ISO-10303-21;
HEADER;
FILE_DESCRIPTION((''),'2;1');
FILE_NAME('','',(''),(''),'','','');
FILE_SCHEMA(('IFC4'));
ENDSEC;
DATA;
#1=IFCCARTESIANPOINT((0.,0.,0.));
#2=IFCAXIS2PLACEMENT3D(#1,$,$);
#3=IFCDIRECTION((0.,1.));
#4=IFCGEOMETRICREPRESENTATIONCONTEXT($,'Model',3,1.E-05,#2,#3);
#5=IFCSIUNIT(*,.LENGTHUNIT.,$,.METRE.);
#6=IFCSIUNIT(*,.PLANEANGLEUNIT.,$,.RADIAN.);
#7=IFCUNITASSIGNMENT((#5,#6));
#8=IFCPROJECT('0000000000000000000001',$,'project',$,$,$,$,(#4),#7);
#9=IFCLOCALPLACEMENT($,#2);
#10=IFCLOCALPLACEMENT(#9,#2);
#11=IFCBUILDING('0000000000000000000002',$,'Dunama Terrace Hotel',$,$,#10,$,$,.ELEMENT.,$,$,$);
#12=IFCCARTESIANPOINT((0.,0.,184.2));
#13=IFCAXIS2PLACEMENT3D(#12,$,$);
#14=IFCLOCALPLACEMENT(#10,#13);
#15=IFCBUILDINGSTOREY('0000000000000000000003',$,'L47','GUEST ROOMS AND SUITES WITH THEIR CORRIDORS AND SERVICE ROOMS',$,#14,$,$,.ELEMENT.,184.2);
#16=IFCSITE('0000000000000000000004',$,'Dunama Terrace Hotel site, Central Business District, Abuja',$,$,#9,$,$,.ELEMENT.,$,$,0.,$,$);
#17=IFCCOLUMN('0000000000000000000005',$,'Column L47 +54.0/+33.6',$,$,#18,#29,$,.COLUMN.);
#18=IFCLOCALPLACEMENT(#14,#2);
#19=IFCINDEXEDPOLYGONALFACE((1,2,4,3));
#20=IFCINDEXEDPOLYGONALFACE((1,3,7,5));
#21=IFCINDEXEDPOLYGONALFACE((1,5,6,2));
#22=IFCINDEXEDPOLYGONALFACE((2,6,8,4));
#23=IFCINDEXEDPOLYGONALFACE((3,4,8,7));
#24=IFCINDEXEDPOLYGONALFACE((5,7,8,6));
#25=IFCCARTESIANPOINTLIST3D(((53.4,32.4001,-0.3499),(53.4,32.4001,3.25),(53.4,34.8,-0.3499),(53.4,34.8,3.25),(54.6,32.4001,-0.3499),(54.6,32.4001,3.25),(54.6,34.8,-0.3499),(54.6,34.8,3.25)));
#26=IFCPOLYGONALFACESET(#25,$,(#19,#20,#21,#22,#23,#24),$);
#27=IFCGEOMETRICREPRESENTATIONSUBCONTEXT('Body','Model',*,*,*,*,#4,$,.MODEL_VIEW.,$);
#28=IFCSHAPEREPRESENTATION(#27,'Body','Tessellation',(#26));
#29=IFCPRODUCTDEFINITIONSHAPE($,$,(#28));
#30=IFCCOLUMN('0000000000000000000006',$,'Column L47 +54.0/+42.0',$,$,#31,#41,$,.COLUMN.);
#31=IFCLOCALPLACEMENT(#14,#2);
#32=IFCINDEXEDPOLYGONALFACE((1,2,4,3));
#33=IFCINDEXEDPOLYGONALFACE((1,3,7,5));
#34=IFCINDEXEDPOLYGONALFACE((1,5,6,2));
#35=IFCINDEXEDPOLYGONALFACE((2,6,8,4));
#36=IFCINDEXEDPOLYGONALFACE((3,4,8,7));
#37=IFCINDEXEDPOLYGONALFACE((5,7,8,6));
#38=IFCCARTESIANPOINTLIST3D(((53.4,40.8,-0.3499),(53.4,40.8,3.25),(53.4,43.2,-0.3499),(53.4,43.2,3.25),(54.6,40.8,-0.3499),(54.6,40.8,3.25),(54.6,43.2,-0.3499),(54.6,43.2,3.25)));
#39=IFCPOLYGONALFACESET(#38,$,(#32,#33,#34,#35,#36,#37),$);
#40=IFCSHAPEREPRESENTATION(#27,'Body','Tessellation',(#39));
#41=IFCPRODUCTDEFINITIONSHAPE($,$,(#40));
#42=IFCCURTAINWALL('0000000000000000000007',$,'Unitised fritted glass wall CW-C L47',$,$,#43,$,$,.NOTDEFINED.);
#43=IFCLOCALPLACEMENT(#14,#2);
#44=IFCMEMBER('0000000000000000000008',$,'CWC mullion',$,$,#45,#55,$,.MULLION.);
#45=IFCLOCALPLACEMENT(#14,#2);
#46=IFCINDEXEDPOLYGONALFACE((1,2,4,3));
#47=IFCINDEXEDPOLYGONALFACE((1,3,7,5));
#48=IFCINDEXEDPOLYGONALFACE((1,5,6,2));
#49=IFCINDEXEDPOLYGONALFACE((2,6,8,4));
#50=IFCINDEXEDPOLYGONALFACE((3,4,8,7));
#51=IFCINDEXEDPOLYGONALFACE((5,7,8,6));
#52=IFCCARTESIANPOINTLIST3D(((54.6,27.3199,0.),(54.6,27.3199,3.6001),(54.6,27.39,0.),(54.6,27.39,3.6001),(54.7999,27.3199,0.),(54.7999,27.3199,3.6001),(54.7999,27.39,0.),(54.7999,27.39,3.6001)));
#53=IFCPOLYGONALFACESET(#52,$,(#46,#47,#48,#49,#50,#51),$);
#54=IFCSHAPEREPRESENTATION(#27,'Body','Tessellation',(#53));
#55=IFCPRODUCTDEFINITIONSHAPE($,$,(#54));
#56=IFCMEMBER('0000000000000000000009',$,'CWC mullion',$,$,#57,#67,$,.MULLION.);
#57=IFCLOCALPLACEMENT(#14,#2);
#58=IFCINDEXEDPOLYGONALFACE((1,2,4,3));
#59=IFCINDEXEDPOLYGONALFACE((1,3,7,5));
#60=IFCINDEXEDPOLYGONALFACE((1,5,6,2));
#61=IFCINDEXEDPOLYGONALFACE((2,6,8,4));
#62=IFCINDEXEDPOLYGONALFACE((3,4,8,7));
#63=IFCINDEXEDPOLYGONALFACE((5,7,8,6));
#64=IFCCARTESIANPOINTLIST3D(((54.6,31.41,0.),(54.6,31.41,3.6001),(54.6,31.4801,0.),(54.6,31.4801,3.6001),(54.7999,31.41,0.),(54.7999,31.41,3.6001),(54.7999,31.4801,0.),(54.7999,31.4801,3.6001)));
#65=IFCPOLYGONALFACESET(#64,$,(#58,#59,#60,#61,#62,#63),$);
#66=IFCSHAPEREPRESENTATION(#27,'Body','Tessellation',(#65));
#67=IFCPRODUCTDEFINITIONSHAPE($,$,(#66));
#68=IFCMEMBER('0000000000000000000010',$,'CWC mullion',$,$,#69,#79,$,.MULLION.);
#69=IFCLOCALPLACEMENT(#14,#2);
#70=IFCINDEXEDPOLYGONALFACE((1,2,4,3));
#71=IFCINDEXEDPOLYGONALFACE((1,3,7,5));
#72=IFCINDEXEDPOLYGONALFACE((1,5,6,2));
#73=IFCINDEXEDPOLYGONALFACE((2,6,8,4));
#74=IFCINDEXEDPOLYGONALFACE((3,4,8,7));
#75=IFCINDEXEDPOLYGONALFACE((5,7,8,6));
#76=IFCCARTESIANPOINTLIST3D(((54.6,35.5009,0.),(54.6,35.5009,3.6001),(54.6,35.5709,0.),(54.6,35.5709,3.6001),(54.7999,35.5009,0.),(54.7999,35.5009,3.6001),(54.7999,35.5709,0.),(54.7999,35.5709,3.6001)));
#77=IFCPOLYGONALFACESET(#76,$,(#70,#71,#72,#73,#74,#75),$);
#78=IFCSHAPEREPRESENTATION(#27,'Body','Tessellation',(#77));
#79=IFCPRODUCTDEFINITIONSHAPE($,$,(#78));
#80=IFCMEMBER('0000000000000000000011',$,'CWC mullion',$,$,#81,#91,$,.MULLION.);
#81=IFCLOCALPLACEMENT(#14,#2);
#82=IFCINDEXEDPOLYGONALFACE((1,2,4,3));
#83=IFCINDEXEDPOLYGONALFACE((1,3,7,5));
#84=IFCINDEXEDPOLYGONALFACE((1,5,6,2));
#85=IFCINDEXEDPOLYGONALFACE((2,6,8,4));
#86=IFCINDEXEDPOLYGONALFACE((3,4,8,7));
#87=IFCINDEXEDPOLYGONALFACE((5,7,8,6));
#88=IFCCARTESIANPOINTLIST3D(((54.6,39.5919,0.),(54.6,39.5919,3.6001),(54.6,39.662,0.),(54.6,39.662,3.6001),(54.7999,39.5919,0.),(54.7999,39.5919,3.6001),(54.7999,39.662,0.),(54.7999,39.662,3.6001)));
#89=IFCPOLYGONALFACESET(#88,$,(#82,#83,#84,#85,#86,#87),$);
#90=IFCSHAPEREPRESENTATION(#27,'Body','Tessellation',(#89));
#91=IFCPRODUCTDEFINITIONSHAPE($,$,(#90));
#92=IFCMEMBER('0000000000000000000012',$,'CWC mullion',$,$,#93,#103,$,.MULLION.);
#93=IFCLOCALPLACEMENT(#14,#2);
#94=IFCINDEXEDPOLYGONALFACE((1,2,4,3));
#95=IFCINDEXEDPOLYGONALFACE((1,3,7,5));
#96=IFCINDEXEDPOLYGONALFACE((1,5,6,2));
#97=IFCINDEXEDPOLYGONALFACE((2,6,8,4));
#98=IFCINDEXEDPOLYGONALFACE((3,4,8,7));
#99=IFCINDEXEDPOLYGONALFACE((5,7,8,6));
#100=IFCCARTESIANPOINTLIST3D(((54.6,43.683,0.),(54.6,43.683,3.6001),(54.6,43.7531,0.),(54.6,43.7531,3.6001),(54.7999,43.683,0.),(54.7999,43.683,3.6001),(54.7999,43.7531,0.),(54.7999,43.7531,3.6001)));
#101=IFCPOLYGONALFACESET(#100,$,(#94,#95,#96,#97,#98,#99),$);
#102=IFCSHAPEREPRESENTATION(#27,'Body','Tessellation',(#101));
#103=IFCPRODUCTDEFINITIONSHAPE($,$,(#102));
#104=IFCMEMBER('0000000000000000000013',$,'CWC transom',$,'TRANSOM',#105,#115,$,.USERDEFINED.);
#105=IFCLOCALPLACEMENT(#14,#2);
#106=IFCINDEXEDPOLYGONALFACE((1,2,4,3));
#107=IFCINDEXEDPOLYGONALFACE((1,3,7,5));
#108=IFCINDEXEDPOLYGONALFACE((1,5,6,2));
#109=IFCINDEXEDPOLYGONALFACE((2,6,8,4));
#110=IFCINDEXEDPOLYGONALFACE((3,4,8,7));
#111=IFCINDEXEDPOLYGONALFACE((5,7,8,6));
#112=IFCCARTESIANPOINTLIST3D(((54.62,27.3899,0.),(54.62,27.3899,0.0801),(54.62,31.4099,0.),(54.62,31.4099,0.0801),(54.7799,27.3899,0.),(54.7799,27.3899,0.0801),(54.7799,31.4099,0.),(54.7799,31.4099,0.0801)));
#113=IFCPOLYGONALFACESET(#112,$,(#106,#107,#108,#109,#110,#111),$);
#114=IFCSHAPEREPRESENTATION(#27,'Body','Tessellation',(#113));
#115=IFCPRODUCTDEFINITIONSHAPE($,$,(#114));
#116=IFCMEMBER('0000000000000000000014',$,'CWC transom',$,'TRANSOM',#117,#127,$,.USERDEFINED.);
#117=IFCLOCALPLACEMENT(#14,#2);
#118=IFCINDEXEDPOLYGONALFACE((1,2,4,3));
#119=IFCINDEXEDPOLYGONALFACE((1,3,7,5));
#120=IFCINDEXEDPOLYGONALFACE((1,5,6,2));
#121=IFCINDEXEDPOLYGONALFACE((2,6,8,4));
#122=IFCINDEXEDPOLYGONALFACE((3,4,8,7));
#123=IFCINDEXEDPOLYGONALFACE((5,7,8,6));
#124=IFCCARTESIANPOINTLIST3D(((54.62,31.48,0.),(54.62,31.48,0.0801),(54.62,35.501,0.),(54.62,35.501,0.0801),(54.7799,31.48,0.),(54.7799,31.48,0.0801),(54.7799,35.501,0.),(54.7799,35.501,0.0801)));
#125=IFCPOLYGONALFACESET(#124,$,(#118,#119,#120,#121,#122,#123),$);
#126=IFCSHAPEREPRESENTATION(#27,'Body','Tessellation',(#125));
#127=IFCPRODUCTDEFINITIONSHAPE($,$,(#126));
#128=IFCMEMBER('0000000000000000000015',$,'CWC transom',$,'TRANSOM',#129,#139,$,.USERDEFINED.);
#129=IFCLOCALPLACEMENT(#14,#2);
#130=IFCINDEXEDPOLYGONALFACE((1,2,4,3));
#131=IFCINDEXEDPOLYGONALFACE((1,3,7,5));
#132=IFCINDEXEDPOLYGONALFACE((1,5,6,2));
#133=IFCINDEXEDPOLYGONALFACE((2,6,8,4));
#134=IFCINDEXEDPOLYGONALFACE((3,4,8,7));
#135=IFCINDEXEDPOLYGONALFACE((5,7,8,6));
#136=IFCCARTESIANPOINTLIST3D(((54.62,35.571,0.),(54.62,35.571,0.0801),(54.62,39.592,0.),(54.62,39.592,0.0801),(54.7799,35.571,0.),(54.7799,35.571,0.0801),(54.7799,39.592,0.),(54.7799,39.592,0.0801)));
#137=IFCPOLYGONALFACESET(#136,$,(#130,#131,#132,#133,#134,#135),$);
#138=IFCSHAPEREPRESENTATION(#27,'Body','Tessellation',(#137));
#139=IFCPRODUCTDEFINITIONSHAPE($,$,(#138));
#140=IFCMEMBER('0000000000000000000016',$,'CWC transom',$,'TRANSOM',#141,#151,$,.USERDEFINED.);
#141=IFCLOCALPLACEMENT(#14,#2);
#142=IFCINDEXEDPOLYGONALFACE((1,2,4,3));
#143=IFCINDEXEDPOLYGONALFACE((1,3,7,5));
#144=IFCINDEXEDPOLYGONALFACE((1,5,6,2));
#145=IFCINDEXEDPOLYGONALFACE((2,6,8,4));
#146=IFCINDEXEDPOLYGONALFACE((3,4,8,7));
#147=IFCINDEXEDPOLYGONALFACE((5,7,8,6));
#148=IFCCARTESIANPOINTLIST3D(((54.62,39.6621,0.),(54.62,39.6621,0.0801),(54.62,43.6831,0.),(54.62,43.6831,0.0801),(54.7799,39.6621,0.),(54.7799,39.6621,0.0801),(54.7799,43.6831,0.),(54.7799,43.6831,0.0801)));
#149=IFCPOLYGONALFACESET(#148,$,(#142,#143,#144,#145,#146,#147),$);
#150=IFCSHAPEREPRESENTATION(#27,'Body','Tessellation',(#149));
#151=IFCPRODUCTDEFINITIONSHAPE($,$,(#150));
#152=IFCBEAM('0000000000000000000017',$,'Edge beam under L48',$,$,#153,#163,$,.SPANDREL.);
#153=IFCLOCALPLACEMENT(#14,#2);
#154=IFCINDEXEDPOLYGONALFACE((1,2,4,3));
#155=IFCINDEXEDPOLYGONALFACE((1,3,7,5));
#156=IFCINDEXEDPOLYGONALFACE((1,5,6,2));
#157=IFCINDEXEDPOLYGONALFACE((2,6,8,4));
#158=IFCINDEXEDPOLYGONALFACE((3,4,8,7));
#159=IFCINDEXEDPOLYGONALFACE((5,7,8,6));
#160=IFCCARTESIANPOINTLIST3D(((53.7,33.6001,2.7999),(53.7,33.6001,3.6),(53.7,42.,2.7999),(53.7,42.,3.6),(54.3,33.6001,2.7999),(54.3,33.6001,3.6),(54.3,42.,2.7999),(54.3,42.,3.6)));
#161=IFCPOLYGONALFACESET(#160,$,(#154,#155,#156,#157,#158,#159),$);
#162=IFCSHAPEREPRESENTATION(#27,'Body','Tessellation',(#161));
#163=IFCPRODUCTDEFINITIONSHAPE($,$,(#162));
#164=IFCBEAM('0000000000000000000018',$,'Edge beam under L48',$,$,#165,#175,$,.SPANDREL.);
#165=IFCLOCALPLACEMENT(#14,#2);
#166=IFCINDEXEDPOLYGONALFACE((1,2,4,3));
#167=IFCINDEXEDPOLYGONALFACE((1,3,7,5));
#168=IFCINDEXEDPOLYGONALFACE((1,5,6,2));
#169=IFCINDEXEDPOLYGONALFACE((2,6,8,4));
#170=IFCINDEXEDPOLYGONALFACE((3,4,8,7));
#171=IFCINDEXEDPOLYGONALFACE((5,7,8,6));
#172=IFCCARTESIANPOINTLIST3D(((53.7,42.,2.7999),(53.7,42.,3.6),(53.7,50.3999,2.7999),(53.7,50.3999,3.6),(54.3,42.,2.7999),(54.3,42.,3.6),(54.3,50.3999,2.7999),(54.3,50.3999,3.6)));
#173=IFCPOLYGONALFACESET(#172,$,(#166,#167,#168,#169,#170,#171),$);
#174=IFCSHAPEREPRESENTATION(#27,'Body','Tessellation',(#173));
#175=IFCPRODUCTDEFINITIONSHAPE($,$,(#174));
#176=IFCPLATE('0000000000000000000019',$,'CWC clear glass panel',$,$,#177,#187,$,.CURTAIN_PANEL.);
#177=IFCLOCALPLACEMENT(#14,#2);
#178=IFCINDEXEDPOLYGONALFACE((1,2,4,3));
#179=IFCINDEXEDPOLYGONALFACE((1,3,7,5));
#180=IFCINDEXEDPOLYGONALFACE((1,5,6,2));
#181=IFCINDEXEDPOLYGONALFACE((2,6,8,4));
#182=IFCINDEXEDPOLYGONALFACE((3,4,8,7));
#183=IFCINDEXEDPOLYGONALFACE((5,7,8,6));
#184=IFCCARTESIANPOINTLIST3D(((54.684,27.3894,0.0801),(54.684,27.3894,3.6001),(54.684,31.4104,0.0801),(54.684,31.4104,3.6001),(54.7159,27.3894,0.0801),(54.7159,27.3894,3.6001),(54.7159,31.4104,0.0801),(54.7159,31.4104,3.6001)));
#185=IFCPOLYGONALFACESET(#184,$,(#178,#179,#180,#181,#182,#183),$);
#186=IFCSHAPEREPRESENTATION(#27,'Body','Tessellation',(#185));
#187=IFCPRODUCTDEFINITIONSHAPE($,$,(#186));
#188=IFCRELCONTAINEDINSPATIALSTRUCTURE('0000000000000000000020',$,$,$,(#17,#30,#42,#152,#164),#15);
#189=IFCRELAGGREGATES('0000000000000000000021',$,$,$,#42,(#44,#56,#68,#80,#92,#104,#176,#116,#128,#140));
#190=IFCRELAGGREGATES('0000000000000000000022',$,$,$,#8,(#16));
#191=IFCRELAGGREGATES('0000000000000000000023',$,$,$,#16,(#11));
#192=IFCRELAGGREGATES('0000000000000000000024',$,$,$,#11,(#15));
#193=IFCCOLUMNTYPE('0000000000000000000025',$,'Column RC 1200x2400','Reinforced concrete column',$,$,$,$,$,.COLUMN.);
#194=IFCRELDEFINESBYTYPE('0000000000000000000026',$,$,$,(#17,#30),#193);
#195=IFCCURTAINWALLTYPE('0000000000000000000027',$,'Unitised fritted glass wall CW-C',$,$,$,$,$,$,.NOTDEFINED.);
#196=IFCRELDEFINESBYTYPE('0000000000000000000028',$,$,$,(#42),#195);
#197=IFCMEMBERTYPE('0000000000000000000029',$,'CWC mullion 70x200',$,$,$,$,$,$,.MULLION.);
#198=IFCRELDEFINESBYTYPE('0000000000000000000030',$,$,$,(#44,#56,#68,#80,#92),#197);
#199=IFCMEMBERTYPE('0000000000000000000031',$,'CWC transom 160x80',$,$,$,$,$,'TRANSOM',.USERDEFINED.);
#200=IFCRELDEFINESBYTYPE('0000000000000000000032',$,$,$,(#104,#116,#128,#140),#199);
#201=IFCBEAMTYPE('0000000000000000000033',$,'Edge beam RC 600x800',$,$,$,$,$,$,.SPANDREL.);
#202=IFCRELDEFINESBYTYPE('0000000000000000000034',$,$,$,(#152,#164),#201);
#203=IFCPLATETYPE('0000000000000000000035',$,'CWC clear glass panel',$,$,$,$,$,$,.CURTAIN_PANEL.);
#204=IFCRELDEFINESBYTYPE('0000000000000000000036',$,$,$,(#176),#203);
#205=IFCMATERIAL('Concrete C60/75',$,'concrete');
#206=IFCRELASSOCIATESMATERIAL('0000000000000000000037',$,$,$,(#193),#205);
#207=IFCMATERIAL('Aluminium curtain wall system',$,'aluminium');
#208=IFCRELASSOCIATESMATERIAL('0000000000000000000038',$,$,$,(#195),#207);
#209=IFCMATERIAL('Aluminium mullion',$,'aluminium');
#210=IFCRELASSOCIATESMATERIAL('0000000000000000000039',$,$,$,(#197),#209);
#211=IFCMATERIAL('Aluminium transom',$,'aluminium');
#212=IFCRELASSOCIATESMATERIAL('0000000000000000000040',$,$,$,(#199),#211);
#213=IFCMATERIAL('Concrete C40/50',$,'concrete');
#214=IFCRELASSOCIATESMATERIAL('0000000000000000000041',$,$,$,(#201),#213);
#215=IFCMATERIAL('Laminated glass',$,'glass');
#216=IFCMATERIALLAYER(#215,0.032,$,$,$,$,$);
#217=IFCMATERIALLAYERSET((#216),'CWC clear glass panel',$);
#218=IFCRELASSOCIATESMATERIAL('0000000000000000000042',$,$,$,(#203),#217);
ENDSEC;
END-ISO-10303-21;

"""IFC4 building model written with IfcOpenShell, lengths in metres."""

from ifc_helpers import new_model, si_unit, direction, frame, origin, origin_2d, place, context, subcontext, project, spatial, rectangle, extrude, material, layer, layer_set, material_profile, profile_set, type_object, element, aggregate, save


model = new_model("IFC4")

# Units and contexts
model_context = context("Model", 3, precision=1e-05, world=origin(), true_north=direction((0.0, 1.0)))
body_context = subcontext(model_context, "Body", "Model", "MODEL_VIEW")
ifc_project = project(units=[si_unit("LENGTHUNIT", "METRE"), si_unit("PLANEANGLEUNIT", "RADIAN")], contexts=[model_context])

# Site, building, storey
site_placement = place(None, origin())
site = spatial("IfcSite", under=ifc_project, at=site_placement, Name="Dunama Terrace Hotel site, Central Business District, Abuja", CompositionType="ELEMENT", RefElevation=0.0)
building_placement = place(site_placement, origin())
building = spatial("IfcBuilding", under=site, at=building_placement, Name="Dunama Terrace Hotel", CompositionType="ELEMENT")
storey_placement = place(building_placement, frame((0.0, 0.0, 184.2)))
storey = spatial("IfcBuildingStorey", under=building, at=storey_placement, Name="L47", Description="GUEST ROOMS AND SUITES WITH THEIR CORRIDORS AND SERVICE ROOMS", CompositionType="ELEMENT", Elevation=184.2)

# Columns
ifc_material_1 = material(Name="Concrete C60/75", Category="concrete")
ifc_material_profile_1 = material_profile(ifc_material_1, rectangle(XDim=1.2, YDim=2.3999, at=origin_2d()), Name="RC 1200x2400")
ifc_profile_set_1 = profile_set([ifc_material_profile_1], Name="Concrete C60/75")
column_type = type_object("IfcColumnType", Name="Column RC 1200x2400", Description="Reinforced concrete column", PredefinedType="COLUMN", material=ifc_profile_set_1)
for number, where, z_axis, x_axis, name in (
    (1, (54.0, 33.6001, -0.3499), (0.0, 0.0, 1.0), (1.0, 0.0, 0.0), "Column L47 +54.0/+33.6"),
    (2, (54.0, 42.0, -0.3499), (0.0, 0.0, 1.0), (1.0, 0.0, 0.0), "Column L47 +54.0/+42.0"),
):
    element("IfcColumn", number, at=place(storey_placement, frame(where, z_axis=z_axis, x_axis=x_axis)), inside=storey, type_object=column_type, Name=name, PredefinedType="COLUMN", context=body_context, shape_type="SweptSolid", body=[
        extrude(rectangle(XDim=1.2, YDim=2.3999, at=origin_2d()), origin(), (0.0, 0.0, 1.0), 3.5999),
    ])

# Curtain wall, members
ifc_material_2 = material(Name="Aluminium curtain wall system", Category="aluminium")
curtain_wall_type = type_object("IfcCurtainWallType", Name="Unitised fritted glass wall CW-C", PredefinedType="NOTDEFINED", material=ifc_material_2)
curtain_wall_placement = place(storey_placement, origin())
curtain_wall = element("IfcCurtainWall", 3, at=curtain_wall_placement, inside=storey, type_object=curtain_wall_type, Name="Unitised fritted glass wall CW-C L47", PredefinedType="NOTDEFINED")
ifc_material_3 = material(Name="Aluminium mullion", Category="aluminium")
ifc_material_profile_2 = material_profile(ifc_material_3, rectangle(XDim=0.0701, YDim=0.2, at=origin_2d()), Name="CWC MULLION 70X200")
ifc_profile_set_2 = profile_set([ifc_material_profile_2], Name="Aluminium mullion")
member_type_1 = type_object("IfcMemberType", Name="CWC mullion 70x200", PredefinedType="MULLION", material=ifc_profile_set_2)
member_1_placement = place(storey_placement, frame((54.7, 27.355, 0.0), z_axis=(0.0, 0.0, 1.0), x_axis=(0.0, 1.0, 0.0)))
member_1 = element("IfcMember", 4, at=member_1_placement, type_object=member_type_1, Name="CWC mullion", PredefinedType="MULLION", context=body_context, shape_type="SweptSolid", body=[
    extrude(rectangle(XDim=0.0701, YDim=0.2, at=origin_2d()), origin(), (0.0, 0.0, 1.0), 3.6001),
])
member_2_placement = place(storey_placement, frame((54.7, 31.4451, 0.0), z_axis=(0.0, 0.0, 1.0), x_axis=(0.0, 1.0, 0.0)))
member_2 = element("IfcMember", 5, at=member_2_placement, type_object=member_type_1, Name="CWC mullion", PredefinedType="MULLION", context=body_context, shape_type="SweptSolid", body=[
    extrude(rectangle(XDim=0.0701, YDim=0.2, at=origin_2d()), origin(), (0.0, 0.0, 1.0), 3.6001),
])
member_3_placement = place(storey_placement, frame((54.7, 35.5359, 0.0), z_axis=(0.0, 0.0, 1.0), x_axis=(0.0, 1.0, 0.0)))
member_3 = element("IfcMember", 6, at=member_3_placement, type_object=member_type_1, Name="CWC mullion", PredefinedType="MULLION", context=body_context, shape_type="SweptSolid", body=[
    extrude(rectangle(XDim=0.0701, YDim=0.2, at=origin_2d()), origin(), (0.0, 0.0, 1.0), 3.6001),
])
member_4_placement = place(storey_placement, frame((54.7, 39.627, 0.0), z_axis=(0.0, 0.0, 1.0), x_axis=(0.0, 1.0, 0.0)))
member_4 = element("IfcMember", 7, at=member_4_placement, type_object=member_type_1, Name="CWC mullion", PredefinedType="MULLION", context=body_context, shape_type="SweptSolid", body=[
    extrude(rectangle(XDim=0.0701, YDim=0.2, at=origin_2d()), origin(), (0.0, 0.0, 1.0), 3.6001),
])
member_5_placement = place(storey_placement, frame((54.7, 43.718, 0.0), z_axis=(0.0, 0.0, 1.0), x_axis=(0.0, 1.0, 0.0)))
member_5 = element("IfcMember", 8, at=member_5_placement, type_object=member_type_1, Name="CWC mullion", PredefinedType="MULLION", context=body_context, shape_type="SweptSolid", body=[
    extrude(rectangle(XDim=0.0701, YDim=0.2, at=origin_2d()), origin(), (0.0, 0.0, 1.0), 3.6001),
])
ifc_material_4 = material(Name="Aluminium transom", Category="aluminium")
ifc_material_profile_3 = material_profile(ifc_material_4, rectangle(XDim=0.1599, YDim=0.0801, at=origin_2d()), Name="CWC TRANSOM 160X80")
ifc_profile_set_3 = profile_set([ifc_material_profile_3], Name="Aluminium transom")
member_type_2 = type_object("IfcMemberType", Name="CWC transom 160x80", ElementType="TRANSOM", PredefinedType="USERDEFINED", material=ifc_profile_set_3)
member_6_placement = place(storey_placement, frame((54.7, 27.3899, 0.04), z_axis=(0.0, 1.0, 0.0), x_axis=(-1.0, 0.0, 0.0)))
member_6 = element("IfcMember", 9, at=member_6_placement, type_object=member_type_2, Name="CWC transom", ObjectType="TRANSOM", PredefinedType="USERDEFINED", context=body_context, shape_type="SweptSolid", body=[
    extrude(rectangle(XDim=0.1599, YDim=0.0801, at=origin_2d()), origin(), (0.0, 0.0, 1.0), 4.02),
])
member_7_placement = place(storey_placement, frame((54.7, 31.48, 0.04), z_axis=(0.0, 1.0, 0.0), x_axis=(-1.0, 0.0, 0.0)))
member_7 = element("IfcMember", 10, at=member_7_placement, type_object=member_type_2, Name="CWC transom", ObjectType="TRANSOM", PredefinedType="USERDEFINED", context=body_context, shape_type="SweptSolid", body=[
    extrude(rectangle(XDim=0.1599, YDim=0.0801, at=origin_2d()), origin(), (0.0, 0.0, 1.0), 4.021),
])
member_8_placement = place(storey_placement, frame((54.7, 35.571, 0.04), z_axis=(0.0, 1.0, 0.0), x_axis=(-1.0, 0.0, 0.0)))
member_8 = element("IfcMember", 11, at=member_8_placement, type_object=member_type_2, Name="CWC transom", ObjectType="TRANSOM", PredefinedType="USERDEFINED", context=body_context, shape_type="SweptSolid", body=[
    extrude(rectangle(XDim=0.1599, YDim=0.0801, at=origin_2d()), origin(), (0.0, 0.0, 1.0), 4.021),
])
member_9_placement = place(storey_placement, frame((54.7, 39.6621, 0.04), z_axis=(0.0, 1.0, 0.0), x_axis=(-1.0, 0.0, 0.0)))
member_9 = element("IfcMember", 12, at=member_9_placement, type_object=member_type_2, Name="CWC transom", ObjectType="TRANSOM", PredefinedType="USERDEFINED", context=body_context, shape_type="SweptSolid", body=[
    extrude(rectangle(XDim=0.1599, YDim=0.0801, at=origin_2d()), origin(), (0.0, 0.0, 1.0), 4.021),
])

# Beams
ifc_material_5 = material(Name="Concrete C40/50", Category="concrete")
ifc_material_profile_4 = material_profile(ifc_material_5, rectangle(XDim=0.6001, YDim=0.8, at=origin_2d()), Name="RC 600x800")
ifc_profile_set_4 = profile_set([ifc_material_profile_4], Name="Concrete C40/50")
beam_type = type_object("IfcBeamType", Name="Edge beam RC 600x800", PredefinedType="SPANDREL", material=ifc_profile_set_4)
for number, where, z_axis, x_axis, name in (
    (13, (54.0, 33.6001, 3.2), (0.0, 1.0, 0.0), (-1.0, 0.0, 0.0), "Edge beam under L48"),
    (14, (54.0, 42.0, 3.2), (0.0, 1.0, 0.0), (-1.0, 0.0, 0.0), "Edge beam under L48"),
):
    element("IfcBeam", number, at=place(storey_placement, frame(where, z_axis=z_axis, x_axis=x_axis)), inside=storey, type_object=beam_type, Name=name, PredefinedType="SPANDREL", context=body_context, shape_type="SweptSolid", body=[
        extrude(rectangle(XDim=0.6001, YDim=0.8, at=origin_2d()), origin(), (0.0, 0.0, 1.0), 8.3999),
    ])

# Plate
ifc_material_6 = material(Name="Laminated glass", Category="glass")
ifc_layer_1 = layer(ifc_material_6, 0.032)
ifc_layer_set_1 = layer_set([ifc_layer_1], Name="CWC clear glass panel")
plate_type_1 = type_object("IfcPlateType", Name="CWC clear glass panel", PredefinedType="CURTAIN_PANEL", material=ifc_layer_set_1)
plate_1_placement = place(storey_placement, frame((54.7, 29.3999, 0.0801), z_axis=(0.0, 0.0, 1.0), x_axis=(0.0, 1.0, 0.0)))
plate_1 = element("IfcPlate", 15, at=plate_1_placement, type_object=plate_type_1, Name="CWC clear glass panel", PredefinedType="CURTAIN_PANEL", context=body_context, shape_type="SweptSolid", body=[
    extrude(rectangle(XDim=4.021, YDim=0.032, at=origin_2d()), origin(), (0.0, 0.0, 1.0), 3.52),
])
aggregate(curtain_wall, [member_1, member_2, member_3, member_4, member_5, member_6, plate_1, member_7, member_8, member_9])

save(model, "model.ifc")
